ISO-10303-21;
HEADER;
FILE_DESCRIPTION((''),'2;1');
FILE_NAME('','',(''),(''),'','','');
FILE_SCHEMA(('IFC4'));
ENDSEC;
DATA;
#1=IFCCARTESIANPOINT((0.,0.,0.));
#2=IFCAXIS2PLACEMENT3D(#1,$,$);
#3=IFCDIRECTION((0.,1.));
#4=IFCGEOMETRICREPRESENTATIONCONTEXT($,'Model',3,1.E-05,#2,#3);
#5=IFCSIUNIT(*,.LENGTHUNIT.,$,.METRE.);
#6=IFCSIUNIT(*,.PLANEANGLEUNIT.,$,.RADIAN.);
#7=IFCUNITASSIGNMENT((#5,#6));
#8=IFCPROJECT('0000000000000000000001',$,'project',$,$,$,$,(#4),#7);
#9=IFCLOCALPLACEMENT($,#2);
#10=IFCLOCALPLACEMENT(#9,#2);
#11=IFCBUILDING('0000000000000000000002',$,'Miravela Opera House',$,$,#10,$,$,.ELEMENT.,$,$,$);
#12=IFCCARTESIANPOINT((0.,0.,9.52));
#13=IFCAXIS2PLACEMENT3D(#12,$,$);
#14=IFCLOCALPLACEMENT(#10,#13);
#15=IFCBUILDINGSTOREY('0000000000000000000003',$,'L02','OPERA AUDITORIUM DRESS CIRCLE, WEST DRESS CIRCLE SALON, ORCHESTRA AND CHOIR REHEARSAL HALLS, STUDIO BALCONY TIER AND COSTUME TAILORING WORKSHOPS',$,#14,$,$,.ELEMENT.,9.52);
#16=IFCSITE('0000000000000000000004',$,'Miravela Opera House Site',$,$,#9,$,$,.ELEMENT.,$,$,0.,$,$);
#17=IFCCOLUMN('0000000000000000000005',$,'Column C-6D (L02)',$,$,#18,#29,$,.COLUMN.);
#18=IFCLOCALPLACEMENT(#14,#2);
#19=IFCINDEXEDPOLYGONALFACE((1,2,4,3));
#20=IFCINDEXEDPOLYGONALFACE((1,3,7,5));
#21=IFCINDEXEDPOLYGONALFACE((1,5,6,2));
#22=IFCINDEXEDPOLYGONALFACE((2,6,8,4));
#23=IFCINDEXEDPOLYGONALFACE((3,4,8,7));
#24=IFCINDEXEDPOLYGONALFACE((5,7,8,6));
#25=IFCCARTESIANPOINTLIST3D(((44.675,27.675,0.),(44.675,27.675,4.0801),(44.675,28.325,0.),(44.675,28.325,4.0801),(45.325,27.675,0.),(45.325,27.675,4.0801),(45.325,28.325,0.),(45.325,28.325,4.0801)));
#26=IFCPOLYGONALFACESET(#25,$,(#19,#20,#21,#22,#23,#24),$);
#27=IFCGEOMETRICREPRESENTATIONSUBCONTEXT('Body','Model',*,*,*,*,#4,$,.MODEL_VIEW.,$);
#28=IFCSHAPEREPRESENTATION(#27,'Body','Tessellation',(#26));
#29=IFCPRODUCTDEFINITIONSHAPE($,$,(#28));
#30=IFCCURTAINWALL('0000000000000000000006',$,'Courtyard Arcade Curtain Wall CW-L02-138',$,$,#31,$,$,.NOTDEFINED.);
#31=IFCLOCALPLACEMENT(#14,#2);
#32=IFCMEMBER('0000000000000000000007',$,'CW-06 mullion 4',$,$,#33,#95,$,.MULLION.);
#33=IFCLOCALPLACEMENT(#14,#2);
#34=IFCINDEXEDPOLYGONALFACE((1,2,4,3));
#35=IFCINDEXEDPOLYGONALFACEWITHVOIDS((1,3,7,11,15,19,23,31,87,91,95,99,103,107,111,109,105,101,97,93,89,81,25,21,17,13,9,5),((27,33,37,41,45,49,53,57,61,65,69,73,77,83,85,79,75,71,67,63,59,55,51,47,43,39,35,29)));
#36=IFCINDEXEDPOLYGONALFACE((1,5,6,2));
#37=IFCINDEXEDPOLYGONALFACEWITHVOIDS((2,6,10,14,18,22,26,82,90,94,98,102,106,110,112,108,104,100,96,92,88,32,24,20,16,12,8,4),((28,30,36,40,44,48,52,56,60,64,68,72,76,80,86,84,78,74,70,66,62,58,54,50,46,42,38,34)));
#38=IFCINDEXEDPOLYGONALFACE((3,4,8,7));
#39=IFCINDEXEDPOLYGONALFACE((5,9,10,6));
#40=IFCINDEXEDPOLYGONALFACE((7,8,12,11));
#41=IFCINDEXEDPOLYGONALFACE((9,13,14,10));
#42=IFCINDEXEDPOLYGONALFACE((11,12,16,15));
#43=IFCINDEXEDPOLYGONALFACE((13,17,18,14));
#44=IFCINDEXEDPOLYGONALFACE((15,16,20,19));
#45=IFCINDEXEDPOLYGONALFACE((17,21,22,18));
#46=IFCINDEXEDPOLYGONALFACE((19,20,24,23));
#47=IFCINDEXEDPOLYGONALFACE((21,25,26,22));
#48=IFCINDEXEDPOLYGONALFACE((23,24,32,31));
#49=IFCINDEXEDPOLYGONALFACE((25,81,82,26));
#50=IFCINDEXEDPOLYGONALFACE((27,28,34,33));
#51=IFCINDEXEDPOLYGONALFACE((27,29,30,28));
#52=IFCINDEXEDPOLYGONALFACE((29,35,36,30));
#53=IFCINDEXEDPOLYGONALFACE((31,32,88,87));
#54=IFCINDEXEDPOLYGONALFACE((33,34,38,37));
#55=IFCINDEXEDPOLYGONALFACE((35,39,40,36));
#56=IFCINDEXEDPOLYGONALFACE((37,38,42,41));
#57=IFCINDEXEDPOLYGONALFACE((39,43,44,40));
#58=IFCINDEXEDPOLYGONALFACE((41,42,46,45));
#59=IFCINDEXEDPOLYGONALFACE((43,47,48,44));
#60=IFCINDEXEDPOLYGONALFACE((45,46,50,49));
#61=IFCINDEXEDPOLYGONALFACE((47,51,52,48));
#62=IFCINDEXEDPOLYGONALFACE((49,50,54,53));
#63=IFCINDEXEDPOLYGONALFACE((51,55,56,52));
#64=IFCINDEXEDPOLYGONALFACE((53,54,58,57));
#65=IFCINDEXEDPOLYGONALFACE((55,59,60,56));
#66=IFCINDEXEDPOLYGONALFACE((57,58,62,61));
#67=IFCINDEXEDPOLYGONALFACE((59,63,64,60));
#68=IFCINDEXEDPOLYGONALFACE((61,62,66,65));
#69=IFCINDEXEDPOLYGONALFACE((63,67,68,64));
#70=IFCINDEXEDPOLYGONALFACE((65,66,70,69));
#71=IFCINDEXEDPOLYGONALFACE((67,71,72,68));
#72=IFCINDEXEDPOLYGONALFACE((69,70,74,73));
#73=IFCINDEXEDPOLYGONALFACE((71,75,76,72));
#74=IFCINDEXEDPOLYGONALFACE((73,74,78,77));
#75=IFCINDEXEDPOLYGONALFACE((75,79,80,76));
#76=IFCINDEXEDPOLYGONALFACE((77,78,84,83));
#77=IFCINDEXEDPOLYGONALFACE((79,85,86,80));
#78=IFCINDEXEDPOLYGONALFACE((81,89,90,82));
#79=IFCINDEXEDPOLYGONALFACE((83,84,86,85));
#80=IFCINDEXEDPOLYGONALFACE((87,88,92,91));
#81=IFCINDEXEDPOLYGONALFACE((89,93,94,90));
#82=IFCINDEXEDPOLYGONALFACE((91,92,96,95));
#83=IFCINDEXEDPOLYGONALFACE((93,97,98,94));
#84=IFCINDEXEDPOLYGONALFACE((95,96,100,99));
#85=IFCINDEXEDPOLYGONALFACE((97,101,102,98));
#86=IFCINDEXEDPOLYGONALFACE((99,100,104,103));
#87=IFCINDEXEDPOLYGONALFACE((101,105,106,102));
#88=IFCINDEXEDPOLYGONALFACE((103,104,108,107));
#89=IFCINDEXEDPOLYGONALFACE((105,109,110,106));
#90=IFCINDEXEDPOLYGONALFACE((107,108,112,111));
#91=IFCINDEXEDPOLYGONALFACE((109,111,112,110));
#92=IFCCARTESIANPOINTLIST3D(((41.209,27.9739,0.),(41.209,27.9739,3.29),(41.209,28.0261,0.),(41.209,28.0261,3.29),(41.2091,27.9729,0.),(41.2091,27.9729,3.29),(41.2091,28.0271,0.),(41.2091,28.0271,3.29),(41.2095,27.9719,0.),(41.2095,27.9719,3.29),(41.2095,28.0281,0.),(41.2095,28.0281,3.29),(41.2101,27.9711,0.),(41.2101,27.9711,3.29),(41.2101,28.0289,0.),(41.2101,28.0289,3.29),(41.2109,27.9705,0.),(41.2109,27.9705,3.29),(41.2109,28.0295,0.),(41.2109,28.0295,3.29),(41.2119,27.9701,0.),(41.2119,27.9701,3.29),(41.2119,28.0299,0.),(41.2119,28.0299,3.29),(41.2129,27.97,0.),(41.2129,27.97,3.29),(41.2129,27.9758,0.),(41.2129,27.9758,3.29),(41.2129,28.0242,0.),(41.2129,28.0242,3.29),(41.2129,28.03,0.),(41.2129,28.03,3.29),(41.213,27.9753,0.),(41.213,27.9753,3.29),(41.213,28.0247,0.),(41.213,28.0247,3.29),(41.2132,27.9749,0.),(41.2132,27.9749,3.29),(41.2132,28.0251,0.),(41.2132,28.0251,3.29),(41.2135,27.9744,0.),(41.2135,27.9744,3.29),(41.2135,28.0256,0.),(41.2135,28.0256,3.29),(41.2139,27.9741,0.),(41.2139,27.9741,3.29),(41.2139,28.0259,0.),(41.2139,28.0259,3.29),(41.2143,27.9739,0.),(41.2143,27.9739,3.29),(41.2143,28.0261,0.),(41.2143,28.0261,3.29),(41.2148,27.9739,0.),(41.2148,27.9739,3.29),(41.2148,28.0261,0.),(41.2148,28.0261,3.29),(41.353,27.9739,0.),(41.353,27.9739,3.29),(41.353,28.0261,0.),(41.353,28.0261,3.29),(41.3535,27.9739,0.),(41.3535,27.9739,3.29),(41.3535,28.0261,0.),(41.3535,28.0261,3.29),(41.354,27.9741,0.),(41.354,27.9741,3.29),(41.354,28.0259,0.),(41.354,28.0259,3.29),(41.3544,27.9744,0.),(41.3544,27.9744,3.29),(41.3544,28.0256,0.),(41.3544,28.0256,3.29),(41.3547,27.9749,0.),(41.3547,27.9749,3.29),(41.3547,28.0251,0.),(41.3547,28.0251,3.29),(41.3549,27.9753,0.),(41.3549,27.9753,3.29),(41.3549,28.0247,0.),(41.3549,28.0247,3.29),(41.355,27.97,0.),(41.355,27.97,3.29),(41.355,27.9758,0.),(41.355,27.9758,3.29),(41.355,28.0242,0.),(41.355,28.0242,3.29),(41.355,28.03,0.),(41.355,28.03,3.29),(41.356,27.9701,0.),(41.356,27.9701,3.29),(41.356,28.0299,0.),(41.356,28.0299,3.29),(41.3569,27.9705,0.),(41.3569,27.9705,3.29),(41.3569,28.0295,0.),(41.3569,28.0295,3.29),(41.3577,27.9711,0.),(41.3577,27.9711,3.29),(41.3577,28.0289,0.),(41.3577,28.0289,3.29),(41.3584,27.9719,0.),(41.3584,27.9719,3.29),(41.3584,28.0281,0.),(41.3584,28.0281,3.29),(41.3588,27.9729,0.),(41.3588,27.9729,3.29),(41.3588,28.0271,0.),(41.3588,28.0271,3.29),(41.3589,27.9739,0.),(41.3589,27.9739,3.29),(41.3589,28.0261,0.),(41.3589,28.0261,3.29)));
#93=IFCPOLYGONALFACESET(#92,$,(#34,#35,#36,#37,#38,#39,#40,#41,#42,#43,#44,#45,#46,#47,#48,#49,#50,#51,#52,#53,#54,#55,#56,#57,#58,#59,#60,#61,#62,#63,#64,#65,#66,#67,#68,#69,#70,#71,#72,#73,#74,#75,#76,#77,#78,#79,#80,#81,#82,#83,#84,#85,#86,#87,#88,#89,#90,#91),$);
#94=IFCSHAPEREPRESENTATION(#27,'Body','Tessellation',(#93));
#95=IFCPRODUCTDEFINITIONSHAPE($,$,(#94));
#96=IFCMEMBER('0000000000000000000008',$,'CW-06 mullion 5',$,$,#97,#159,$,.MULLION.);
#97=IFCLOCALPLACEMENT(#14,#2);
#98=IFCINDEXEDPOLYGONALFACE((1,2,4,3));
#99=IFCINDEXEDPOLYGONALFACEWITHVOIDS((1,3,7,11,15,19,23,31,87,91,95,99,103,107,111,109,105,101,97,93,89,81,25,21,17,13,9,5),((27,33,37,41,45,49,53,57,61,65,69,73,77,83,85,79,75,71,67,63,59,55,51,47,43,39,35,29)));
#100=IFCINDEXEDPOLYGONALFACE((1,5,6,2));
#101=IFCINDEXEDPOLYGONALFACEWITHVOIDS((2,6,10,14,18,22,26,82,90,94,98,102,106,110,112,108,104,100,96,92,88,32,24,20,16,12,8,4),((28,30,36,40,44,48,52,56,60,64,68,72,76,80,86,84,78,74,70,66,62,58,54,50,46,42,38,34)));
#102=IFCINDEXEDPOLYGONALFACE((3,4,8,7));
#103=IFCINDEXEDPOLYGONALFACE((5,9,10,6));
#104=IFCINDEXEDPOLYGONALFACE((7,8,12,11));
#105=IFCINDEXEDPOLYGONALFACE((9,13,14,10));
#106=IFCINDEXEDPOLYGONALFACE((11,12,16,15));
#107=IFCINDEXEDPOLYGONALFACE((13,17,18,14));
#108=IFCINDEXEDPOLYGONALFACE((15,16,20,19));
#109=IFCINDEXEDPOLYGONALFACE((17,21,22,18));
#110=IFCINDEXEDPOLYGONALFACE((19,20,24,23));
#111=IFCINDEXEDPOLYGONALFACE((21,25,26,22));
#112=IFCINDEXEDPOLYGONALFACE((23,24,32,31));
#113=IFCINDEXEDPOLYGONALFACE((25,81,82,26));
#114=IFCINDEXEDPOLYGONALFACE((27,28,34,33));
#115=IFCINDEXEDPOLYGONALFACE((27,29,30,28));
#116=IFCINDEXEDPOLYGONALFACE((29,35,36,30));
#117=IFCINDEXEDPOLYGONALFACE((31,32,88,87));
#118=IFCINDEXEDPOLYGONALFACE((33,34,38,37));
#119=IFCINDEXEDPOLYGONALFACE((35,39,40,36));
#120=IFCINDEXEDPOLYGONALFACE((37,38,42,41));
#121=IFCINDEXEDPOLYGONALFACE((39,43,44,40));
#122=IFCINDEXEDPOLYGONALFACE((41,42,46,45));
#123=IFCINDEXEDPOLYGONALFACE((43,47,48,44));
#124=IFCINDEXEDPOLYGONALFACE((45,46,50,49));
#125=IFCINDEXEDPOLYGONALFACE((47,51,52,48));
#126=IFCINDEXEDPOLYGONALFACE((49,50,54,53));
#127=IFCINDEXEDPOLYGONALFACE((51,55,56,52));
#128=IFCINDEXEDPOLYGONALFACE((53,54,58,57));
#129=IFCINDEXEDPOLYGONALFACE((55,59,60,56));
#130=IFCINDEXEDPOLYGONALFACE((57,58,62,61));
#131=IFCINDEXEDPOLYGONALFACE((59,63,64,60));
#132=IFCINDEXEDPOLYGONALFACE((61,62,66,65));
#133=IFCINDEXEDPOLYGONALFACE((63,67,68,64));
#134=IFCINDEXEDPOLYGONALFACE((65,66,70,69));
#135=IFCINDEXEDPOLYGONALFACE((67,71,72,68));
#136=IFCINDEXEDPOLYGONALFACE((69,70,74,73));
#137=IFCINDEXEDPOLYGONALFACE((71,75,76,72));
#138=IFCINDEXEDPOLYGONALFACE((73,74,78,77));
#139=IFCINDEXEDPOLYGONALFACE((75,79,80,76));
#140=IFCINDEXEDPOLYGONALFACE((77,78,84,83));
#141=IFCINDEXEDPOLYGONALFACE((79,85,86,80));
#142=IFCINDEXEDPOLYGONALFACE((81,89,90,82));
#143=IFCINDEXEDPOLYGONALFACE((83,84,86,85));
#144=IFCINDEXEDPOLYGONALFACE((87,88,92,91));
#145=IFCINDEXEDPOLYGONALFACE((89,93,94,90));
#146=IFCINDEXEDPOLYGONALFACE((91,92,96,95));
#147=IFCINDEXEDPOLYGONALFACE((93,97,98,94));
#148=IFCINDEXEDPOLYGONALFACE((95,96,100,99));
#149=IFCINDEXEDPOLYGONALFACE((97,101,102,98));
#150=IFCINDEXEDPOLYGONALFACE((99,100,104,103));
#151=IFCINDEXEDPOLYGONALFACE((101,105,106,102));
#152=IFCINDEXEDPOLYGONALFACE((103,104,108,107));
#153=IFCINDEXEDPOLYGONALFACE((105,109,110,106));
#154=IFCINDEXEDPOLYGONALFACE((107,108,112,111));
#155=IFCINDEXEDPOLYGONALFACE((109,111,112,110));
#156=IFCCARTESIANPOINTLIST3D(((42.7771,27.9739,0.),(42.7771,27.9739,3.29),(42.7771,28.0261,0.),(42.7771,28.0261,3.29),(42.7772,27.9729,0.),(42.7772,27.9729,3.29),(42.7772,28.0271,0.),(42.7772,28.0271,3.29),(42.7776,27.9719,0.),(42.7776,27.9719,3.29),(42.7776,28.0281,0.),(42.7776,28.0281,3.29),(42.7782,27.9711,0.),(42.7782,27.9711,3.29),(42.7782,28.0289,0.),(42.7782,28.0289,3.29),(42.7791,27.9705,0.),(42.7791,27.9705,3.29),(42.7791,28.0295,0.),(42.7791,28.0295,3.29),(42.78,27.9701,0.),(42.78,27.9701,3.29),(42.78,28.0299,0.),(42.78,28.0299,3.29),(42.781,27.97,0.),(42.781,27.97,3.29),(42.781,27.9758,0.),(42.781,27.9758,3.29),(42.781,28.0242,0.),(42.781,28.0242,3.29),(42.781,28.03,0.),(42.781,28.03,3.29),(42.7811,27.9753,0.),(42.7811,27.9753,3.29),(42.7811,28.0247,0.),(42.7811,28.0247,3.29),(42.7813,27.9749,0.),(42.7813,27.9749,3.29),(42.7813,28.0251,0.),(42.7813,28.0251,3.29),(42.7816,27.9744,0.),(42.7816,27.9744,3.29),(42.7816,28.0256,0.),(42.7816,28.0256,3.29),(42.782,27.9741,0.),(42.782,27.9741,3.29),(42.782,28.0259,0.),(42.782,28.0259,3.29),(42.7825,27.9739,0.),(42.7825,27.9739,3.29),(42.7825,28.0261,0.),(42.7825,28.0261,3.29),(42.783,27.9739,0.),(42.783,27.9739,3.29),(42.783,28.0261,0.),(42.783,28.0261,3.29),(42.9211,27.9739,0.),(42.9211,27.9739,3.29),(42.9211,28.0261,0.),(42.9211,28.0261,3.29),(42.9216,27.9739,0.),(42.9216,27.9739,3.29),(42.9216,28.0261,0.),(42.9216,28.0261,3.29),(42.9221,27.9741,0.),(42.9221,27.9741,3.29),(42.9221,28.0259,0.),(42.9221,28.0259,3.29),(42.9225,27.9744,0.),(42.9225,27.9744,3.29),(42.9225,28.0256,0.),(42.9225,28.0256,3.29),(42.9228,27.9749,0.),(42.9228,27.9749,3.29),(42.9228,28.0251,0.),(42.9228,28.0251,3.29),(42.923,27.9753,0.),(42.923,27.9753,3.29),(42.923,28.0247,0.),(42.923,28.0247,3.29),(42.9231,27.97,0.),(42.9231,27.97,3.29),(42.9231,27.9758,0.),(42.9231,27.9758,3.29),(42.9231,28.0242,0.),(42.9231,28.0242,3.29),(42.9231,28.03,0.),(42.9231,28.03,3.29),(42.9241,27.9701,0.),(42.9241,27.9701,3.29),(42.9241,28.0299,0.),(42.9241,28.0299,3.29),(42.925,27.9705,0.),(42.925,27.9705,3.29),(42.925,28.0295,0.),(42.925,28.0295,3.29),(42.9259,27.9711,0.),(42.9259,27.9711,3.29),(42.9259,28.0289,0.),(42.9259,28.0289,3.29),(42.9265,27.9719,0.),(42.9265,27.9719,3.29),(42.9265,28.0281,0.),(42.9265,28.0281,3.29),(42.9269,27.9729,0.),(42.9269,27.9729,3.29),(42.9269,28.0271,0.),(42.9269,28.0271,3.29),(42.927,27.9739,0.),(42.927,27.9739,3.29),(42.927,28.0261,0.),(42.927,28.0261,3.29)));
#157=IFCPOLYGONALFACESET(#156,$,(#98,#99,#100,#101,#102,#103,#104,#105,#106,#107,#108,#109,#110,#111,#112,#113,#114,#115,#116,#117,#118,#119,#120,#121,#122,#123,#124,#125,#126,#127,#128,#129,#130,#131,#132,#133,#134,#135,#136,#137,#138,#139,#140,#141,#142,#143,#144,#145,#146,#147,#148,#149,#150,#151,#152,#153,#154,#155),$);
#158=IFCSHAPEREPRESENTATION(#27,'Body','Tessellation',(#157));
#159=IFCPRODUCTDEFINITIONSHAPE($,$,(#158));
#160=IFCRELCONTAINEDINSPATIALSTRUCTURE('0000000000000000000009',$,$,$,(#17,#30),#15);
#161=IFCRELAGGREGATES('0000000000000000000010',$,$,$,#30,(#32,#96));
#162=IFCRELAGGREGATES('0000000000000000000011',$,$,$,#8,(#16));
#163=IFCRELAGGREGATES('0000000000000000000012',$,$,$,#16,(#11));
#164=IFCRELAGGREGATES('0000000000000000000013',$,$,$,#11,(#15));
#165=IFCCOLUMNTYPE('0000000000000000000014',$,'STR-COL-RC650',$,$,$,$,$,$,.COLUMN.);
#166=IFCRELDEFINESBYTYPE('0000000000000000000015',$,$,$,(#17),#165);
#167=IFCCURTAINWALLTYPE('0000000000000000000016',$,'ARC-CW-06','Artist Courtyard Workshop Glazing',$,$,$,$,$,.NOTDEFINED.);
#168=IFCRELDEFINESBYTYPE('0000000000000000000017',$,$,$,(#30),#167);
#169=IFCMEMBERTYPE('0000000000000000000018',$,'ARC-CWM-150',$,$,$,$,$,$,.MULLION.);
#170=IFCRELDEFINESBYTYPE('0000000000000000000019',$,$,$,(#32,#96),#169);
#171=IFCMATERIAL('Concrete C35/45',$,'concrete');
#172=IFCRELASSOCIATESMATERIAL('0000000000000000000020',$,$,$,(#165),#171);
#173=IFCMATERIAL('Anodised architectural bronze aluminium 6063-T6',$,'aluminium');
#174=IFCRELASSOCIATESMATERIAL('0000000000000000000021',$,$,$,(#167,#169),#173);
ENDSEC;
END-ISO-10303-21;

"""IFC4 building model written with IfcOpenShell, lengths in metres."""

from ifc_helpers import new_model, si_unit, direction, frame, origin, origin_2d, place, context, subcontext, project, spatial, rectangle, hollow_rectangle, extrude, material, material_profile, profile_set, type_object, element, aggregate, save


model = new_model("IFC4")

# Units and contexts
model_context = context("Model", 3, precision=1e-05, world=origin(), true_north=direction((0.0, 1.0)))
body_context = subcontext(model_context, "Body", "Model", "MODEL_VIEW")
ifc_project = project(units=[si_unit("LENGTHUNIT", "METRE"), si_unit("PLANEANGLEUNIT", "RADIAN")], contexts=[model_context])

# Site, building, storey
site_placement = place(None, origin())
site = spatial("IfcSite", under=ifc_project, at=site_placement, Name="Miravela Opera House Site", CompositionType="ELEMENT", RefElevation=0.0)
building_placement = place(site_placement, origin())
building = spatial("IfcBuilding", under=site, at=building_placement, Name="Miravela Opera House", CompositionType="ELEMENT")
storey_placement = place(building_placement, frame((0.0, 0.0, 9.52)))
storey = spatial("IfcBuildingStorey", under=building, at=storey_placement, Name="L02", Description="OPERA AUDITORIUM DRESS CIRCLE, WEST DRESS CIRCLE SALON, ORCHESTRA AND CHOIR REHEARSAL HALLS, STUDIO BALCONY TIER AND COSTUME TAILORING WORKSHOPS", CompositionType="ELEMENT", Elevation=9.52)

# Column
ifc_material_1 = material(Name="Concrete C35/45", Category="concrete")
ifc_material_profile_1 = material_profile(ifc_material_1, rectangle(XDim=0.6499, YDim=0.6499, at=origin_2d()), Name="RC-COL-650X650")
ifc_profile_set_1 = profile_set([ifc_material_profile_1])
column_type = type_object("IfcColumnType", Name="STR-COL-RC650", PredefinedType="COLUMN", material=ifc_profile_set_1)
column_placement = place(storey_placement, frame((45.0, 28.0, 0.0), z_axis=(0.0, 0.0, 1.0), x_axis=(1.0, 0.0, 0.0)))
element("IfcColumn", 1, at=column_placement, inside=storey, type_object=column_type, Name="Column C-6D (L02)", PredefinedType="COLUMN", context=body_context, shape_type="SweptSolid", body=[
    extrude(rectangle(XDim=0.6499, YDim=0.6499, at=origin_2d()), origin(), (0.0, 0.0, 1.0), 4.0801),
])

# Curtain wall, members
ifc_material_2 = material(Name="Anodised architectural bronze aluminium 6063-T6", Category="aluminium")
curtain_wall_type = type_object("IfcCurtainWallType", Name="ARC-CW-06", Description="Artist Courtyard Workshop Glazing", PredefinedType="NOTDEFINED", material=ifc_material_2)
curtain_wall_placement = place(storey_placement, origin())
curtain_wall = element("IfcCurtainWall", 2, at=curtain_wall_placement, inside=storey, type_object=curtain_wall_type, Name="Courtyard Arcade Curtain Wall CW-L02-138", PredefinedType="NOTDEFINED")
ifc_material_profile_2 = material_profile(ifc_material_2, hollow_rectangle(XDim=0.0601, YDim=0.1499, WallThickness=0.0039, InnerFilletRadius=0.002, OuterFilletRadius=0.0039, at=origin_2d()), Name="CWM-60X150")
ifc_profile_set_2 = profile_set([ifc_material_profile_2])
member_type_1 = type_object("IfcMemberType", Name="ARC-CWM-150", PredefinedType="MULLION", material=ifc_profile_set_2)
member_1_placement = place(storey_placement, frame((41.2839, 28.0, 0.0), z_axis=(0.0, 0.0, 1.0), x_axis=(0.0, 1.0, 0.0)))
member_1 = element("IfcMember", 3, at=member_1_placement, type_object=member_type_1, Name="CW-06 mullion 4", PredefinedType="MULLION", context=body_context, shape_type="SweptSolid", body=[
    extrude(hollow_rectangle(XDim=0.0601, YDim=0.1499, WallThickness=0.0039, InnerFilletRadius=0.002, OuterFilletRadius=0.0039, at=origin_2d()), origin(), (0.0, 0.0, 1.0), 3.29),
])
member_2_placement = place(storey_placement, frame((42.8521, 28.0, 0.0), z_axis=(0.0, 0.0, 1.0), x_axis=(0.0, 1.0, 0.0)))
member_2 = element("IfcMember", 4, at=member_2_placement, type_object=member_type_1, Name="CW-06 mullion 5", PredefinedType="MULLION", context=body_context, shape_type="SweptSolid", body=[
    extrude(hollow_rectangle(XDim=0.0601, YDim=0.1499, WallThickness=0.0039, InnerFilletRadius=0.002, OuterFilletRadius=0.0039, at=origin_2d()), origin(), (0.0, 0.0, 1.0), 3.29),
])

aggregate(curtain_wall, [member_1, member_2])

save(model, "model.ifc")
